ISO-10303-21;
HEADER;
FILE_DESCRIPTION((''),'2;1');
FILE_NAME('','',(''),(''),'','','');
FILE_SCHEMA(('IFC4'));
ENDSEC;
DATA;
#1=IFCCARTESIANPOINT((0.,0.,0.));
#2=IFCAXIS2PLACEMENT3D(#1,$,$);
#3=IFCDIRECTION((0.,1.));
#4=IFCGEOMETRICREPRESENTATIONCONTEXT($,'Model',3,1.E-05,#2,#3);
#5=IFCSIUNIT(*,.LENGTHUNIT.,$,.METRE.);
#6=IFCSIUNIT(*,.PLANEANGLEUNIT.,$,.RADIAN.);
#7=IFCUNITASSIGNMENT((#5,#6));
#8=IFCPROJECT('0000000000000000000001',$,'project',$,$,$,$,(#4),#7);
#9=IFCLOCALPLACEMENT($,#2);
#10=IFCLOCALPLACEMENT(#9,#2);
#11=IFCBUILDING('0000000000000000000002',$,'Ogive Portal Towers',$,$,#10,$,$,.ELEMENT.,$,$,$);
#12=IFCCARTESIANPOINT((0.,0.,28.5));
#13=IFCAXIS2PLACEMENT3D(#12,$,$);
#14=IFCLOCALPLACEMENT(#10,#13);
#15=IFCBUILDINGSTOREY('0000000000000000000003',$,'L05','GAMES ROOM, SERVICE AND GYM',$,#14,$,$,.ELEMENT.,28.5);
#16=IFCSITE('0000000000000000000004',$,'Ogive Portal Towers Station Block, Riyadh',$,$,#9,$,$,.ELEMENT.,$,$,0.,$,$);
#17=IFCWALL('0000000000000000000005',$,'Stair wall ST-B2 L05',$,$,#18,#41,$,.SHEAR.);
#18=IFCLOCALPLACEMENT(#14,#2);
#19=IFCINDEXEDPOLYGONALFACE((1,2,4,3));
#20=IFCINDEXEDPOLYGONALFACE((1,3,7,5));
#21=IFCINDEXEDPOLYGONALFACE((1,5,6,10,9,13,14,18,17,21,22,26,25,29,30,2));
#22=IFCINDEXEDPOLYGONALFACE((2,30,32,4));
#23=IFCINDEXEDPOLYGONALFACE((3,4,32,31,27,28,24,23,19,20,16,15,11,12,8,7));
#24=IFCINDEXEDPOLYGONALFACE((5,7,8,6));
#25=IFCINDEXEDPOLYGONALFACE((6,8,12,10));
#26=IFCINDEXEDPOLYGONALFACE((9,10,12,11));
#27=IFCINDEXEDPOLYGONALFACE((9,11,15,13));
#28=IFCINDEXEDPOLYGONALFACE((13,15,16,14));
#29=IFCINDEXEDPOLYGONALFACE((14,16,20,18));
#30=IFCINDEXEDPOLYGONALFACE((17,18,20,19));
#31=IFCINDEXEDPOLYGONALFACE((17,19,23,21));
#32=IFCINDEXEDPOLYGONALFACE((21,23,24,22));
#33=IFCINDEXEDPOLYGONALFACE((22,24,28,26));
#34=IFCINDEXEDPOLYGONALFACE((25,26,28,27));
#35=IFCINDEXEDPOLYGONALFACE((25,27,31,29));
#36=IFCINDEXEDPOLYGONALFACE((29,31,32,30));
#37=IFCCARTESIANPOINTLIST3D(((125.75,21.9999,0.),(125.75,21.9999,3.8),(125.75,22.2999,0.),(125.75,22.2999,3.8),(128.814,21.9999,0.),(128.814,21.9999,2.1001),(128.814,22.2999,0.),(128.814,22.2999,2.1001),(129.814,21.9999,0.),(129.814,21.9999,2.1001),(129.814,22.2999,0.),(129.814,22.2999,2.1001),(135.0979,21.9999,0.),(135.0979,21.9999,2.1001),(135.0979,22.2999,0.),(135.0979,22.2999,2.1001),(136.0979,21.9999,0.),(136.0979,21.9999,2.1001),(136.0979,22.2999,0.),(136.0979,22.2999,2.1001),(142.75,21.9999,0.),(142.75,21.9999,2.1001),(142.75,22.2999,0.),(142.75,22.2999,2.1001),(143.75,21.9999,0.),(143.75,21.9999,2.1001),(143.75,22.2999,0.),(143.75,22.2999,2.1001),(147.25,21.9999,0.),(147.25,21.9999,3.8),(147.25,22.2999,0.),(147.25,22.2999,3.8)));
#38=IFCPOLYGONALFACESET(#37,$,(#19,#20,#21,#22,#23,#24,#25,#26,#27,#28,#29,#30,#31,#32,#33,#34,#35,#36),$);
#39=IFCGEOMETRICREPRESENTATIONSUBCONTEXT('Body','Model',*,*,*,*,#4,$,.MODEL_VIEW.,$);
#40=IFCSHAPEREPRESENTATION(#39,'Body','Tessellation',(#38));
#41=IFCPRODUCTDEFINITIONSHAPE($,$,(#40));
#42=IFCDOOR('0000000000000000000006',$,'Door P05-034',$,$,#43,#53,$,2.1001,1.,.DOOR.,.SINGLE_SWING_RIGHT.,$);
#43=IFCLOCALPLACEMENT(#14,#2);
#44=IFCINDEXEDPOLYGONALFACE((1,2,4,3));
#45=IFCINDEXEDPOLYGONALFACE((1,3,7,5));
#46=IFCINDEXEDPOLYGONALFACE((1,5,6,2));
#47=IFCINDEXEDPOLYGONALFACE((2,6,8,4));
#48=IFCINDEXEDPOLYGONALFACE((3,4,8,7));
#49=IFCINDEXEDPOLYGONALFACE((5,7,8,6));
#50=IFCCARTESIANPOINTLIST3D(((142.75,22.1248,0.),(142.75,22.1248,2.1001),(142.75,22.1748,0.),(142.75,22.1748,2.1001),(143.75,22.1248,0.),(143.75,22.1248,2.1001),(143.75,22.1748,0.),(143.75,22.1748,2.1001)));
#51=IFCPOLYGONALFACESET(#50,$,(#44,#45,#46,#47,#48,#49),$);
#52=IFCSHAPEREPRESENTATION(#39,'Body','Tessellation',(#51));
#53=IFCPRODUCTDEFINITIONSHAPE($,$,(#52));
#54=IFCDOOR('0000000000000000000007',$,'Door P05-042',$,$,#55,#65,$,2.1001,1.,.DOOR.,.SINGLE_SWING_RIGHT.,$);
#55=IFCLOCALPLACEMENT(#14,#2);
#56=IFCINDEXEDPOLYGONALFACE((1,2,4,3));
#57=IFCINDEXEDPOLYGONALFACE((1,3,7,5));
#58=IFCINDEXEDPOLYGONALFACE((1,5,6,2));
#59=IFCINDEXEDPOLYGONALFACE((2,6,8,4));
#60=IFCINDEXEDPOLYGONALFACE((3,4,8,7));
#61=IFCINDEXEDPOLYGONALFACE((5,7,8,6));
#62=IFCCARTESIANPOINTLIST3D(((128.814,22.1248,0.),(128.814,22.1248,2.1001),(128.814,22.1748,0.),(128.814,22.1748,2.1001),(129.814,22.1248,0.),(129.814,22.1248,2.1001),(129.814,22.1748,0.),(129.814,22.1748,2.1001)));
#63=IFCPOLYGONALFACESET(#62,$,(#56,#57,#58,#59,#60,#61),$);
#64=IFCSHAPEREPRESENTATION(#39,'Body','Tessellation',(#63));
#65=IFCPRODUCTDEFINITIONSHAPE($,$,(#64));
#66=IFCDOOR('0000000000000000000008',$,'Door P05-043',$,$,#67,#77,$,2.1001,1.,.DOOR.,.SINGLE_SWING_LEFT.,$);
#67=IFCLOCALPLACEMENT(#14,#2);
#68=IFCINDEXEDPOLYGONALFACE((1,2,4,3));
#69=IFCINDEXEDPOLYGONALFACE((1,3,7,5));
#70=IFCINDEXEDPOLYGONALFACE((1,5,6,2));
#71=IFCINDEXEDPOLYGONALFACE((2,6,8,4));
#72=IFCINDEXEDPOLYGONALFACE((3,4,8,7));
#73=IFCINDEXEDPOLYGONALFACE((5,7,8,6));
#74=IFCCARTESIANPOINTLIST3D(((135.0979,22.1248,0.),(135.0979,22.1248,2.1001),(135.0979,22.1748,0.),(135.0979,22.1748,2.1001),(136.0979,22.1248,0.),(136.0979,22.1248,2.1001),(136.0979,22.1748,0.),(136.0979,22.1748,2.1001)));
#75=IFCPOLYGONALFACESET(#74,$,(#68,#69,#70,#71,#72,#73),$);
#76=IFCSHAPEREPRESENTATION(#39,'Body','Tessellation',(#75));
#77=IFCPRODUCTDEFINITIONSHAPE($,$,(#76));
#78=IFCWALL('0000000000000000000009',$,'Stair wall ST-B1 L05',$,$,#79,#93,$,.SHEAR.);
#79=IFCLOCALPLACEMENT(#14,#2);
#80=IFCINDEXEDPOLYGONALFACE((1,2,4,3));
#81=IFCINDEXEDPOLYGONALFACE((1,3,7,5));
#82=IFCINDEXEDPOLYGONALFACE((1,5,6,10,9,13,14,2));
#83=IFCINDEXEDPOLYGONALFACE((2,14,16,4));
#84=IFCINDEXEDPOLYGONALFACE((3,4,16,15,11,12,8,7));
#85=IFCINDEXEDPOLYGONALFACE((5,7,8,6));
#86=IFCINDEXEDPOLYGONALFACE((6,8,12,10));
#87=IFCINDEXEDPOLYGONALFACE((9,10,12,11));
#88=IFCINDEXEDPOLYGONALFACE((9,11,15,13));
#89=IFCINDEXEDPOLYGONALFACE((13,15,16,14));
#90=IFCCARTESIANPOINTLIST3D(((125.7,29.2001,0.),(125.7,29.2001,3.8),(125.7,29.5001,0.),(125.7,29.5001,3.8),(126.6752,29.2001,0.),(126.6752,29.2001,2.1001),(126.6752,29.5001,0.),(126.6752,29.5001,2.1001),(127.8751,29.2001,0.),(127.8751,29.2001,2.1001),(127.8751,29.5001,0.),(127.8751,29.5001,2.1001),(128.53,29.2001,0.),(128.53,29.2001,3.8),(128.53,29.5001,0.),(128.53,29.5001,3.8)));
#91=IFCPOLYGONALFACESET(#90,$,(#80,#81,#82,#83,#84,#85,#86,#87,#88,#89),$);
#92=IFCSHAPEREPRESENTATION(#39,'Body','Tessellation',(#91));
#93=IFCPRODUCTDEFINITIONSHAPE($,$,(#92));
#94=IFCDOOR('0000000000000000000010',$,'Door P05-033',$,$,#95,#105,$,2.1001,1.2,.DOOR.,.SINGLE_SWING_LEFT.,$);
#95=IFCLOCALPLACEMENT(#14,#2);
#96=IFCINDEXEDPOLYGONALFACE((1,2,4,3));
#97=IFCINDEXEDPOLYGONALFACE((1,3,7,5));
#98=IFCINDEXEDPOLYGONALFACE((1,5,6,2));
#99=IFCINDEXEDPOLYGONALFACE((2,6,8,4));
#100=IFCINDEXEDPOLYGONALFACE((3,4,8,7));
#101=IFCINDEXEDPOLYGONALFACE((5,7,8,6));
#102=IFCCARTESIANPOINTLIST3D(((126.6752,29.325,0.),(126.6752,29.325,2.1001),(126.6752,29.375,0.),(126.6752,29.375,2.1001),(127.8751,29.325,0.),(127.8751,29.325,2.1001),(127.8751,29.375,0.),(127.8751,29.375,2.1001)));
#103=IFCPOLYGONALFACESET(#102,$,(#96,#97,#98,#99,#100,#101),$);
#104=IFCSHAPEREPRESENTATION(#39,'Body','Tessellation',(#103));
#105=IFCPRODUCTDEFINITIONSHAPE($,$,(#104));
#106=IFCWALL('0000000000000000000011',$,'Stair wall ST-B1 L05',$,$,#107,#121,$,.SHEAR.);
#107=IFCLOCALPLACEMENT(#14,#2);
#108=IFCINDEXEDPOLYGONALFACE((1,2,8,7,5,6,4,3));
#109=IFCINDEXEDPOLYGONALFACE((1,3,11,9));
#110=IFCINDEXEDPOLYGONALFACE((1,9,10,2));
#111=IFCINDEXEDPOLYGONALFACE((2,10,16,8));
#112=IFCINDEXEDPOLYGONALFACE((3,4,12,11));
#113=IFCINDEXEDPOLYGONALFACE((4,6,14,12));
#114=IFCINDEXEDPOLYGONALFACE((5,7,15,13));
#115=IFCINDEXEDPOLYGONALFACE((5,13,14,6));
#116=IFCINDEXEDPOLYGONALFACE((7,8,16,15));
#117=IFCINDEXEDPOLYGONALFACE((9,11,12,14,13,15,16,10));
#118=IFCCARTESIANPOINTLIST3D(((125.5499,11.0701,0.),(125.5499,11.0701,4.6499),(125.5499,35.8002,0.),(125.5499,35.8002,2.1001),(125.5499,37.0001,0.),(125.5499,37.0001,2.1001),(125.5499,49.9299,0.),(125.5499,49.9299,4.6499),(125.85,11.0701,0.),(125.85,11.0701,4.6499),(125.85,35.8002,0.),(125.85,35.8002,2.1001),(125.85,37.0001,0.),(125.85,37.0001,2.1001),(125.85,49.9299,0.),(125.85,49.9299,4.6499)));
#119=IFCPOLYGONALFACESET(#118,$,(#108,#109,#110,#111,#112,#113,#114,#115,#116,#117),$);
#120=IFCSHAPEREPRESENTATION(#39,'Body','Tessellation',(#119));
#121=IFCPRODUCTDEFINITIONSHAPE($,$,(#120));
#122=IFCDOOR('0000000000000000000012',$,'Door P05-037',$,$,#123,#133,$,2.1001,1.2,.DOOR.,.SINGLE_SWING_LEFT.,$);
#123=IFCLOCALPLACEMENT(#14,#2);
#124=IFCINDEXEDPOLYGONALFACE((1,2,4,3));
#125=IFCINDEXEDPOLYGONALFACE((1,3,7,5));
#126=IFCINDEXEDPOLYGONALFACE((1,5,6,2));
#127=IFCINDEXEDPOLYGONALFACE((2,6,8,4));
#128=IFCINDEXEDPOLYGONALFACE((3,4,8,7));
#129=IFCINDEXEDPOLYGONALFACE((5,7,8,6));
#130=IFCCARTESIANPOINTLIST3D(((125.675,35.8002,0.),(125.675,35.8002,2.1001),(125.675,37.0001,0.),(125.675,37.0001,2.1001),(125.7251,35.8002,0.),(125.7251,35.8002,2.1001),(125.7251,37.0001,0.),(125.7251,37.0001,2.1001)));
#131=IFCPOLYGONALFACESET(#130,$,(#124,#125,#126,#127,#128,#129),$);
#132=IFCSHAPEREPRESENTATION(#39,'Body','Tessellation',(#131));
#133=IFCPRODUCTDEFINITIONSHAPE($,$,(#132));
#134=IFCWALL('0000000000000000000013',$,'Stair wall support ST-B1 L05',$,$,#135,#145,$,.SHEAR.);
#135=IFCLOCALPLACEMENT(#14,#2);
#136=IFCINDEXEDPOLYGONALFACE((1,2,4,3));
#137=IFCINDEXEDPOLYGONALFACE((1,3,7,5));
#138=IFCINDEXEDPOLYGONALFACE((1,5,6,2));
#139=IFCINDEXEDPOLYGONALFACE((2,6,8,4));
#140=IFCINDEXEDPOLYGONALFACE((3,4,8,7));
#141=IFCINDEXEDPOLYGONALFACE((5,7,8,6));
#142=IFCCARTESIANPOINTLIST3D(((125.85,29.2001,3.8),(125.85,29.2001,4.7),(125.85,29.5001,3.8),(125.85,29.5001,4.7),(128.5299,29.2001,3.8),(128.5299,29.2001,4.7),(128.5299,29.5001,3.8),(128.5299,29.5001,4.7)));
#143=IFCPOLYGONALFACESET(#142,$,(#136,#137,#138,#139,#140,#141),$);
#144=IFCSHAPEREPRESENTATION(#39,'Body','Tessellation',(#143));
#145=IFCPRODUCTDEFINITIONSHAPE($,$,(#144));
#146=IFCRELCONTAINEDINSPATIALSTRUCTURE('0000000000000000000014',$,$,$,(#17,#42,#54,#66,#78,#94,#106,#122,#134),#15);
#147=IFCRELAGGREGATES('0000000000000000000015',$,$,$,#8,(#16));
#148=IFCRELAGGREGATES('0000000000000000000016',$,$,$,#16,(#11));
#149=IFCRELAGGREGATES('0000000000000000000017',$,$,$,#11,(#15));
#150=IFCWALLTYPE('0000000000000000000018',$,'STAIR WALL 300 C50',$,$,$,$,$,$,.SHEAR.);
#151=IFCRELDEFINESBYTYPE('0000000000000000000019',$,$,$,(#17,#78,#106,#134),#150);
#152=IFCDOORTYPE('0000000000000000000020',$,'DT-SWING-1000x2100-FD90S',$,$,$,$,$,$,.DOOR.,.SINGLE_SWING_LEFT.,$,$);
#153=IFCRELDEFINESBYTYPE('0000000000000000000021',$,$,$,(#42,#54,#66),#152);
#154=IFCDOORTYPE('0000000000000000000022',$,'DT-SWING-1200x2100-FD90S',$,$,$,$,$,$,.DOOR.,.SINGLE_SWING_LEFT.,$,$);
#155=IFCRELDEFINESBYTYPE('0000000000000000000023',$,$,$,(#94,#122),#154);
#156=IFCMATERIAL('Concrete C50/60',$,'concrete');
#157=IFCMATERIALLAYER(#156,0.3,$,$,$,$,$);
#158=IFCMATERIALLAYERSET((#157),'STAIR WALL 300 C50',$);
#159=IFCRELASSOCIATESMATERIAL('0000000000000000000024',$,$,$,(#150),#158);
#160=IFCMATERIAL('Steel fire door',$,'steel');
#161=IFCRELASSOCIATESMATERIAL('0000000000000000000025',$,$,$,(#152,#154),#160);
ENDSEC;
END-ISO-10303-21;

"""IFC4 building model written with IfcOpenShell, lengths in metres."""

from ifc_helpers import new_model, si_unit, direction, frame, frame_2d, origin, place, context, subcontext, project, spatial, rectangle, extrude, material, layer, layer_set, type_object, element, fill, save


model = new_model("IFC4")

# Units and contexts
model_context = context("Model", 3, precision=1e-05, world=origin(), true_north=direction((0.0, 1.0)))
body_context = subcontext(model_context, "Body", "Model", "MODEL_VIEW")
ifc_project = project(units=[si_unit("LENGTHUNIT", "METRE"), si_unit("PLANEANGLEUNIT", "RADIAN")], contexts=[model_context])

# Site, building, storey
site_placement = place(None, origin())
site = spatial("IfcSite", under=ifc_project, at=site_placement, Name="Ogive Portal Towers Station Block, Riyadh", CompositionType="ELEMENT", RefElevation=0.0)
building_placement = place(site_placement, origin())
building = spatial("IfcBuilding", under=site, at=building_placement, Name="Ogive Portal Towers", CompositionType="ELEMENT")
storey_placement = place(building_placement, frame((0.0, 0.0, 28.5)))
storey = spatial("IfcBuildingStorey", under=building, at=storey_placement, Name="L05", Description="GAMES ROOM, SERVICE AND GYM", CompositionType="ELEMENT", Elevation=28.5)

# Shared definitions
ifc_material_1 = material(Name="Concrete C50/60", Category="concrete")

# Wall, openings, doors
ifc_layer_1 = layer(ifc_material_1, 0.3)
ifc_layer_set_1 = layer_set([ifc_layer_1], Name="STAIR WALL 300 C50")
wall_type_1 = type_object("IfcWallType", Name="STAIR WALL 300 C50", PredefinedType="SHEAR", material=ifc_layer_set_1)
wall_1_placement = place(storey_placement, frame((125.75, 22.1499, 0.0), z_axis=(0.0, 0.0, 1.0), x_axis=(1.0, 0.0, 0.0)))
wall_1 = element("IfcWall", 1, at=wall_1_placement, inside=storey, type_object=wall_type_1, Name="Stair wall ST-B2 L05", PredefinedType="SHEAR", context=body_context, shape_type="SweptSolid", body=[
    extrude(rectangle(XDim=21.5, YDim=0.3, at=frame_2d((10.75, 0.0))), origin(), (0.0, 0.0, 1.0), 3.8),
])
opening_1_placement = place(wall_1_placement, frame((17.0, 0.0, 0.0)))
opening_1 = element("IfcOpeningElement", 2, at=opening_1_placement, cuts=wall_1, PredefinedType="OPENING", context=body_context, shape_type="SweptSolid", body=[
    extrude(rectangle(XDim=1.0, YDim=2.1001, at=frame_2d((0.5, 1.05))), frame((0.0, 0.1602, 0.0), z_axis=(0.0, -1.0, 0.0), x_axis=(1.0, 0.0, 0.0)), (0.0, 0.0, 1.0), 0.3201),
])
opening_2_placement = place(wall_1_placement, frame((3.064, 0.0, 0.0)))
opening_2 = element("IfcOpeningElement", 3, at=opening_2_placement, cuts=wall_1, PredefinedType="OPENING", context=body_context, shape_type="SweptSolid", body=[
    extrude(rectangle(XDim=1.0, YDim=2.1001, at=frame_2d((0.5, 1.05))), frame((0.0, 0.1602, 0.0), z_axis=(0.0, -1.0, 0.0), x_axis=(1.0, 0.0, 0.0)), (0.0, 0.0, 1.0), 0.3201),
])
opening_3_placement = place(wall_1_placement, frame((9.3479, 0.0, 0.0)))
opening_3 = element("IfcOpeningElement", 4, at=opening_3_placement, cuts=wall_1, PredefinedType="OPENING", context=body_context, shape_type="SweptSolid", body=[
    extrude(rectangle(XDim=1.0, YDim=2.1001, at=frame_2d((0.5, 1.05))), frame((0.0, 0.1602, 0.0), z_axis=(0.0, -1.0, 0.0), x_axis=(1.0, 0.0, 0.0)), (0.0, 0.0, 1.0), 0.3201),
])
ifc_material_2 = material(Name="Steel fire door", Category="steel")
door_type_1 = type_object("IfcDoorType", Name="DT-SWING-1000x2100-FD90S", OperationType="SINGLE_SWING_LEFT", PredefinedType="DOOR", material=ifc_material_2)
door_1_placement = place(opening_1_placement, origin())
door_1 = element("IfcDoor", 5, at=door_1_placement, inside=storey, type_object=door_type_1, Name="Door P05-034", OperationType="SINGLE_SWING_RIGHT", OverallHeight=2.1001, OverallWidth=1.0, PredefinedType="DOOR", context=body_context, shape_type="SweptSolid", body=[
    extrude(rectangle(XDim=1.0, YDim=2.1001, at=frame_2d((0.5, 1.05))), frame((0.0, 0.0249, 0.0), z_axis=(0.0, -1.0, 0.0), x_axis=(1.0, 0.0, 0.0)), (0.0, 0.0, 1.0), 0.05),
])
fill(opening_1, door_1)
door_2_placement = place(opening_2_placement, origin())
door_2 = element("IfcDoor", 6, at=door_2_placement, inside=storey, type_object=door_type_1, Name="Door P05-042", OperationType="SINGLE_SWING_RIGHT", OverallHeight=2.1001, OverallWidth=1.0, PredefinedType="DOOR", context=body_context, shape_type="SweptSolid", body=[
    extrude(rectangle(XDim=1.0, YDim=2.1001, at=frame_2d((0.5, 1.05))), frame((0.0, 0.0249, 0.0), z_axis=(0.0, -1.0, 0.0), x_axis=(1.0, 0.0, 0.0)), (0.0, 0.0, 1.0), 0.05),
])
fill(opening_2, door_2)
door_3_placement = place(opening_3_placement, origin())
door_3 = element("IfcDoor", 7, at=door_3_placement, inside=storey, type_object=door_type_1, Name="Door P05-043", OperationType="SINGLE_SWING_LEFT", OverallHeight=2.1001, OverallWidth=1.0, PredefinedType="DOOR", context=body_context, shape_type="SweptSolid", body=[
    extrude(rectangle(XDim=1.0, YDim=2.1001, at=frame_2d((0.5, 1.05))), frame((0.0, 0.0249, 0.0), z_axis=(0.0, -1.0, 0.0), x_axis=(1.0, 0.0, 0.0)), (0.0, 0.0, 1.0), 0.05),
])
fill(opening_3, door_3)

# Walls, openings, doors
wall_2_placement = place(storey_placement, frame((125.7, 29.3501, 0.0), z_axis=(0.0, 0.0, 1.0), x_axis=(1.0, 0.0, 0.0)))
wall_2 = element("IfcWall", 8, at=wall_2_placement, inside=storey, type_object=wall_type_1, Name="Stair wall ST-B1 L05", PredefinedType="SHEAR", context=body_context, shape_type="SweptSolid", body=[
    extrude(rectangle(XDim=2.8301, YDim=0.3, at=frame_2d((1.415, 0.0))), origin(), (0.0, 0.0, 1.0), 3.8),
])
opening_4_placement = place(wall_2_placement, frame((0.9751, 0.0, 0.0)))
opening_4 = element("IfcOpeningElement", 9, at=opening_4_placement, cuts=wall_2, PredefinedType="OPENING", context=body_context, shape_type="SweptSolid", body=[
    extrude(rectangle(XDim=1.2, YDim=2.1001, at=frame_2d((0.6001, 1.05))), frame((0.0, 0.1602, 0.0), z_axis=(0.0, -1.0, 0.0), x_axis=(1.0, 0.0, 0.0)), (0.0, 0.0, 1.0), 0.3201),
])
door_type_2 = type_object("IfcDoorType", Name="DT-SWING-1200x2100-FD90S", OperationType="SINGLE_SWING_LEFT", PredefinedType="DOOR", material=ifc_material_2)
door_4_placement = place(opening_4_placement, origin())
door_4 = element("IfcDoor", 10, at=door_4_placement, inside=storey, type_object=door_type_2, Name="Door P05-033", OperationType="SINGLE_SWING_LEFT", OverallHeight=2.1001, OverallWidth=1.2, PredefinedType="DOOR", context=body_context, shape_type="SweptSolid", body=[
    extrude(rectangle(XDim=1.2, YDim=2.1001, at=frame_2d((0.6001, 1.05))), frame((0.0, 0.0249, 0.0), z_axis=(0.0, -1.0, 0.0), x_axis=(1.0, 0.0, 0.0)), (0.0, 0.0, 1.0), 0.05),
])
fill(opening_4, door_4)
wall_3_placement = place(storey_placement, frame((125.7, 11.0701, 0.0), z_axis=(0.0, 0.0, 1.0), x_axis=(0.0, 1.0, 0.0)))
wall_3 = element("IfcWall", 11, at=wall_3_placement, inside=storey, type_object=wall_type_1, Name="Stair wall ST-B1 L05", PredefinedType="SHEAR", context=body_context, shape_type="SweptSolid", body=[
    extrude(rectangle(XDim=38.8599, YDim=0.3, at=frame_2d((19.4299, 0.0))), origin(), (0.0, 0.0, 1.0), 4.6499),
])
opening_5_placement = place(wall_3_placement, frame((24.73, 0.0, 0.0)))
opening_5 = element("IfcOpeningElement", 12, at=opening_5_placement, cuts=wall_3, PredefinedType="OPENING", context=body_context, shape_type="SweptSolid", body=[
    extrude(rectangle(XDim=1.2, YDim=2.1001, at=frame_2d((0.6001, 1.05))), frame((0.0, 0.1602, 0.0), z_axis=(0.0, -1.0, 0.0), x_axis=(1.0, 0.0, 0.0)), (0.0, 0.0, 1.0), 0.3201),
])
door_5_placement = place(opening_5_placement, origin())
door_5 = element("IfcDoor", 13, at=door_5_placement, inside=storey, type_object=door_type_2, Name="Door P05-037", OperationType="SINGLE_SWING_LEFT", OverallHeight=2.1001, OverallWidth=1.2, PredefinedType="DOOR", context=body_context, shape_type="SweptSolid", body=[
    extrude(rectangle(XDim=1.2, YDim=2.1001, at=frame_2d((0.6001, 1.05))), frame((0.0, 0.0249, 0.0), z_axis=(0.0, -1.0, 0.0), x_axis=(1.0, 0.0, 0.0)), (0.0, 0.0, 1.0), 0.05),
])
fill(opening_5, door_5)

# Wall
wall_4_placement = place(storey_placement, frame((125.8501, 29.3501, 3.8), z_axis=(0.0, 0.0, 1.0), x_axis=(1.0, 0.0, 0.0)))
element("IfcWall", 14, at=wall_4_placement, inside=storey, type_object=wall_type_1, Name="Stair wall support ST-B1 L05", PredefinedType="SHEAR", context=body_context, shape_type="SweptSolid", body=[
    extrude(rectangle(XDim=2.6799, YDim=0.3, at=frame_2d((1.3398, 0.0))), origin(), (0.0, 0.0, 1.0), 0.8999),
])

save(model, "model.ifc")
